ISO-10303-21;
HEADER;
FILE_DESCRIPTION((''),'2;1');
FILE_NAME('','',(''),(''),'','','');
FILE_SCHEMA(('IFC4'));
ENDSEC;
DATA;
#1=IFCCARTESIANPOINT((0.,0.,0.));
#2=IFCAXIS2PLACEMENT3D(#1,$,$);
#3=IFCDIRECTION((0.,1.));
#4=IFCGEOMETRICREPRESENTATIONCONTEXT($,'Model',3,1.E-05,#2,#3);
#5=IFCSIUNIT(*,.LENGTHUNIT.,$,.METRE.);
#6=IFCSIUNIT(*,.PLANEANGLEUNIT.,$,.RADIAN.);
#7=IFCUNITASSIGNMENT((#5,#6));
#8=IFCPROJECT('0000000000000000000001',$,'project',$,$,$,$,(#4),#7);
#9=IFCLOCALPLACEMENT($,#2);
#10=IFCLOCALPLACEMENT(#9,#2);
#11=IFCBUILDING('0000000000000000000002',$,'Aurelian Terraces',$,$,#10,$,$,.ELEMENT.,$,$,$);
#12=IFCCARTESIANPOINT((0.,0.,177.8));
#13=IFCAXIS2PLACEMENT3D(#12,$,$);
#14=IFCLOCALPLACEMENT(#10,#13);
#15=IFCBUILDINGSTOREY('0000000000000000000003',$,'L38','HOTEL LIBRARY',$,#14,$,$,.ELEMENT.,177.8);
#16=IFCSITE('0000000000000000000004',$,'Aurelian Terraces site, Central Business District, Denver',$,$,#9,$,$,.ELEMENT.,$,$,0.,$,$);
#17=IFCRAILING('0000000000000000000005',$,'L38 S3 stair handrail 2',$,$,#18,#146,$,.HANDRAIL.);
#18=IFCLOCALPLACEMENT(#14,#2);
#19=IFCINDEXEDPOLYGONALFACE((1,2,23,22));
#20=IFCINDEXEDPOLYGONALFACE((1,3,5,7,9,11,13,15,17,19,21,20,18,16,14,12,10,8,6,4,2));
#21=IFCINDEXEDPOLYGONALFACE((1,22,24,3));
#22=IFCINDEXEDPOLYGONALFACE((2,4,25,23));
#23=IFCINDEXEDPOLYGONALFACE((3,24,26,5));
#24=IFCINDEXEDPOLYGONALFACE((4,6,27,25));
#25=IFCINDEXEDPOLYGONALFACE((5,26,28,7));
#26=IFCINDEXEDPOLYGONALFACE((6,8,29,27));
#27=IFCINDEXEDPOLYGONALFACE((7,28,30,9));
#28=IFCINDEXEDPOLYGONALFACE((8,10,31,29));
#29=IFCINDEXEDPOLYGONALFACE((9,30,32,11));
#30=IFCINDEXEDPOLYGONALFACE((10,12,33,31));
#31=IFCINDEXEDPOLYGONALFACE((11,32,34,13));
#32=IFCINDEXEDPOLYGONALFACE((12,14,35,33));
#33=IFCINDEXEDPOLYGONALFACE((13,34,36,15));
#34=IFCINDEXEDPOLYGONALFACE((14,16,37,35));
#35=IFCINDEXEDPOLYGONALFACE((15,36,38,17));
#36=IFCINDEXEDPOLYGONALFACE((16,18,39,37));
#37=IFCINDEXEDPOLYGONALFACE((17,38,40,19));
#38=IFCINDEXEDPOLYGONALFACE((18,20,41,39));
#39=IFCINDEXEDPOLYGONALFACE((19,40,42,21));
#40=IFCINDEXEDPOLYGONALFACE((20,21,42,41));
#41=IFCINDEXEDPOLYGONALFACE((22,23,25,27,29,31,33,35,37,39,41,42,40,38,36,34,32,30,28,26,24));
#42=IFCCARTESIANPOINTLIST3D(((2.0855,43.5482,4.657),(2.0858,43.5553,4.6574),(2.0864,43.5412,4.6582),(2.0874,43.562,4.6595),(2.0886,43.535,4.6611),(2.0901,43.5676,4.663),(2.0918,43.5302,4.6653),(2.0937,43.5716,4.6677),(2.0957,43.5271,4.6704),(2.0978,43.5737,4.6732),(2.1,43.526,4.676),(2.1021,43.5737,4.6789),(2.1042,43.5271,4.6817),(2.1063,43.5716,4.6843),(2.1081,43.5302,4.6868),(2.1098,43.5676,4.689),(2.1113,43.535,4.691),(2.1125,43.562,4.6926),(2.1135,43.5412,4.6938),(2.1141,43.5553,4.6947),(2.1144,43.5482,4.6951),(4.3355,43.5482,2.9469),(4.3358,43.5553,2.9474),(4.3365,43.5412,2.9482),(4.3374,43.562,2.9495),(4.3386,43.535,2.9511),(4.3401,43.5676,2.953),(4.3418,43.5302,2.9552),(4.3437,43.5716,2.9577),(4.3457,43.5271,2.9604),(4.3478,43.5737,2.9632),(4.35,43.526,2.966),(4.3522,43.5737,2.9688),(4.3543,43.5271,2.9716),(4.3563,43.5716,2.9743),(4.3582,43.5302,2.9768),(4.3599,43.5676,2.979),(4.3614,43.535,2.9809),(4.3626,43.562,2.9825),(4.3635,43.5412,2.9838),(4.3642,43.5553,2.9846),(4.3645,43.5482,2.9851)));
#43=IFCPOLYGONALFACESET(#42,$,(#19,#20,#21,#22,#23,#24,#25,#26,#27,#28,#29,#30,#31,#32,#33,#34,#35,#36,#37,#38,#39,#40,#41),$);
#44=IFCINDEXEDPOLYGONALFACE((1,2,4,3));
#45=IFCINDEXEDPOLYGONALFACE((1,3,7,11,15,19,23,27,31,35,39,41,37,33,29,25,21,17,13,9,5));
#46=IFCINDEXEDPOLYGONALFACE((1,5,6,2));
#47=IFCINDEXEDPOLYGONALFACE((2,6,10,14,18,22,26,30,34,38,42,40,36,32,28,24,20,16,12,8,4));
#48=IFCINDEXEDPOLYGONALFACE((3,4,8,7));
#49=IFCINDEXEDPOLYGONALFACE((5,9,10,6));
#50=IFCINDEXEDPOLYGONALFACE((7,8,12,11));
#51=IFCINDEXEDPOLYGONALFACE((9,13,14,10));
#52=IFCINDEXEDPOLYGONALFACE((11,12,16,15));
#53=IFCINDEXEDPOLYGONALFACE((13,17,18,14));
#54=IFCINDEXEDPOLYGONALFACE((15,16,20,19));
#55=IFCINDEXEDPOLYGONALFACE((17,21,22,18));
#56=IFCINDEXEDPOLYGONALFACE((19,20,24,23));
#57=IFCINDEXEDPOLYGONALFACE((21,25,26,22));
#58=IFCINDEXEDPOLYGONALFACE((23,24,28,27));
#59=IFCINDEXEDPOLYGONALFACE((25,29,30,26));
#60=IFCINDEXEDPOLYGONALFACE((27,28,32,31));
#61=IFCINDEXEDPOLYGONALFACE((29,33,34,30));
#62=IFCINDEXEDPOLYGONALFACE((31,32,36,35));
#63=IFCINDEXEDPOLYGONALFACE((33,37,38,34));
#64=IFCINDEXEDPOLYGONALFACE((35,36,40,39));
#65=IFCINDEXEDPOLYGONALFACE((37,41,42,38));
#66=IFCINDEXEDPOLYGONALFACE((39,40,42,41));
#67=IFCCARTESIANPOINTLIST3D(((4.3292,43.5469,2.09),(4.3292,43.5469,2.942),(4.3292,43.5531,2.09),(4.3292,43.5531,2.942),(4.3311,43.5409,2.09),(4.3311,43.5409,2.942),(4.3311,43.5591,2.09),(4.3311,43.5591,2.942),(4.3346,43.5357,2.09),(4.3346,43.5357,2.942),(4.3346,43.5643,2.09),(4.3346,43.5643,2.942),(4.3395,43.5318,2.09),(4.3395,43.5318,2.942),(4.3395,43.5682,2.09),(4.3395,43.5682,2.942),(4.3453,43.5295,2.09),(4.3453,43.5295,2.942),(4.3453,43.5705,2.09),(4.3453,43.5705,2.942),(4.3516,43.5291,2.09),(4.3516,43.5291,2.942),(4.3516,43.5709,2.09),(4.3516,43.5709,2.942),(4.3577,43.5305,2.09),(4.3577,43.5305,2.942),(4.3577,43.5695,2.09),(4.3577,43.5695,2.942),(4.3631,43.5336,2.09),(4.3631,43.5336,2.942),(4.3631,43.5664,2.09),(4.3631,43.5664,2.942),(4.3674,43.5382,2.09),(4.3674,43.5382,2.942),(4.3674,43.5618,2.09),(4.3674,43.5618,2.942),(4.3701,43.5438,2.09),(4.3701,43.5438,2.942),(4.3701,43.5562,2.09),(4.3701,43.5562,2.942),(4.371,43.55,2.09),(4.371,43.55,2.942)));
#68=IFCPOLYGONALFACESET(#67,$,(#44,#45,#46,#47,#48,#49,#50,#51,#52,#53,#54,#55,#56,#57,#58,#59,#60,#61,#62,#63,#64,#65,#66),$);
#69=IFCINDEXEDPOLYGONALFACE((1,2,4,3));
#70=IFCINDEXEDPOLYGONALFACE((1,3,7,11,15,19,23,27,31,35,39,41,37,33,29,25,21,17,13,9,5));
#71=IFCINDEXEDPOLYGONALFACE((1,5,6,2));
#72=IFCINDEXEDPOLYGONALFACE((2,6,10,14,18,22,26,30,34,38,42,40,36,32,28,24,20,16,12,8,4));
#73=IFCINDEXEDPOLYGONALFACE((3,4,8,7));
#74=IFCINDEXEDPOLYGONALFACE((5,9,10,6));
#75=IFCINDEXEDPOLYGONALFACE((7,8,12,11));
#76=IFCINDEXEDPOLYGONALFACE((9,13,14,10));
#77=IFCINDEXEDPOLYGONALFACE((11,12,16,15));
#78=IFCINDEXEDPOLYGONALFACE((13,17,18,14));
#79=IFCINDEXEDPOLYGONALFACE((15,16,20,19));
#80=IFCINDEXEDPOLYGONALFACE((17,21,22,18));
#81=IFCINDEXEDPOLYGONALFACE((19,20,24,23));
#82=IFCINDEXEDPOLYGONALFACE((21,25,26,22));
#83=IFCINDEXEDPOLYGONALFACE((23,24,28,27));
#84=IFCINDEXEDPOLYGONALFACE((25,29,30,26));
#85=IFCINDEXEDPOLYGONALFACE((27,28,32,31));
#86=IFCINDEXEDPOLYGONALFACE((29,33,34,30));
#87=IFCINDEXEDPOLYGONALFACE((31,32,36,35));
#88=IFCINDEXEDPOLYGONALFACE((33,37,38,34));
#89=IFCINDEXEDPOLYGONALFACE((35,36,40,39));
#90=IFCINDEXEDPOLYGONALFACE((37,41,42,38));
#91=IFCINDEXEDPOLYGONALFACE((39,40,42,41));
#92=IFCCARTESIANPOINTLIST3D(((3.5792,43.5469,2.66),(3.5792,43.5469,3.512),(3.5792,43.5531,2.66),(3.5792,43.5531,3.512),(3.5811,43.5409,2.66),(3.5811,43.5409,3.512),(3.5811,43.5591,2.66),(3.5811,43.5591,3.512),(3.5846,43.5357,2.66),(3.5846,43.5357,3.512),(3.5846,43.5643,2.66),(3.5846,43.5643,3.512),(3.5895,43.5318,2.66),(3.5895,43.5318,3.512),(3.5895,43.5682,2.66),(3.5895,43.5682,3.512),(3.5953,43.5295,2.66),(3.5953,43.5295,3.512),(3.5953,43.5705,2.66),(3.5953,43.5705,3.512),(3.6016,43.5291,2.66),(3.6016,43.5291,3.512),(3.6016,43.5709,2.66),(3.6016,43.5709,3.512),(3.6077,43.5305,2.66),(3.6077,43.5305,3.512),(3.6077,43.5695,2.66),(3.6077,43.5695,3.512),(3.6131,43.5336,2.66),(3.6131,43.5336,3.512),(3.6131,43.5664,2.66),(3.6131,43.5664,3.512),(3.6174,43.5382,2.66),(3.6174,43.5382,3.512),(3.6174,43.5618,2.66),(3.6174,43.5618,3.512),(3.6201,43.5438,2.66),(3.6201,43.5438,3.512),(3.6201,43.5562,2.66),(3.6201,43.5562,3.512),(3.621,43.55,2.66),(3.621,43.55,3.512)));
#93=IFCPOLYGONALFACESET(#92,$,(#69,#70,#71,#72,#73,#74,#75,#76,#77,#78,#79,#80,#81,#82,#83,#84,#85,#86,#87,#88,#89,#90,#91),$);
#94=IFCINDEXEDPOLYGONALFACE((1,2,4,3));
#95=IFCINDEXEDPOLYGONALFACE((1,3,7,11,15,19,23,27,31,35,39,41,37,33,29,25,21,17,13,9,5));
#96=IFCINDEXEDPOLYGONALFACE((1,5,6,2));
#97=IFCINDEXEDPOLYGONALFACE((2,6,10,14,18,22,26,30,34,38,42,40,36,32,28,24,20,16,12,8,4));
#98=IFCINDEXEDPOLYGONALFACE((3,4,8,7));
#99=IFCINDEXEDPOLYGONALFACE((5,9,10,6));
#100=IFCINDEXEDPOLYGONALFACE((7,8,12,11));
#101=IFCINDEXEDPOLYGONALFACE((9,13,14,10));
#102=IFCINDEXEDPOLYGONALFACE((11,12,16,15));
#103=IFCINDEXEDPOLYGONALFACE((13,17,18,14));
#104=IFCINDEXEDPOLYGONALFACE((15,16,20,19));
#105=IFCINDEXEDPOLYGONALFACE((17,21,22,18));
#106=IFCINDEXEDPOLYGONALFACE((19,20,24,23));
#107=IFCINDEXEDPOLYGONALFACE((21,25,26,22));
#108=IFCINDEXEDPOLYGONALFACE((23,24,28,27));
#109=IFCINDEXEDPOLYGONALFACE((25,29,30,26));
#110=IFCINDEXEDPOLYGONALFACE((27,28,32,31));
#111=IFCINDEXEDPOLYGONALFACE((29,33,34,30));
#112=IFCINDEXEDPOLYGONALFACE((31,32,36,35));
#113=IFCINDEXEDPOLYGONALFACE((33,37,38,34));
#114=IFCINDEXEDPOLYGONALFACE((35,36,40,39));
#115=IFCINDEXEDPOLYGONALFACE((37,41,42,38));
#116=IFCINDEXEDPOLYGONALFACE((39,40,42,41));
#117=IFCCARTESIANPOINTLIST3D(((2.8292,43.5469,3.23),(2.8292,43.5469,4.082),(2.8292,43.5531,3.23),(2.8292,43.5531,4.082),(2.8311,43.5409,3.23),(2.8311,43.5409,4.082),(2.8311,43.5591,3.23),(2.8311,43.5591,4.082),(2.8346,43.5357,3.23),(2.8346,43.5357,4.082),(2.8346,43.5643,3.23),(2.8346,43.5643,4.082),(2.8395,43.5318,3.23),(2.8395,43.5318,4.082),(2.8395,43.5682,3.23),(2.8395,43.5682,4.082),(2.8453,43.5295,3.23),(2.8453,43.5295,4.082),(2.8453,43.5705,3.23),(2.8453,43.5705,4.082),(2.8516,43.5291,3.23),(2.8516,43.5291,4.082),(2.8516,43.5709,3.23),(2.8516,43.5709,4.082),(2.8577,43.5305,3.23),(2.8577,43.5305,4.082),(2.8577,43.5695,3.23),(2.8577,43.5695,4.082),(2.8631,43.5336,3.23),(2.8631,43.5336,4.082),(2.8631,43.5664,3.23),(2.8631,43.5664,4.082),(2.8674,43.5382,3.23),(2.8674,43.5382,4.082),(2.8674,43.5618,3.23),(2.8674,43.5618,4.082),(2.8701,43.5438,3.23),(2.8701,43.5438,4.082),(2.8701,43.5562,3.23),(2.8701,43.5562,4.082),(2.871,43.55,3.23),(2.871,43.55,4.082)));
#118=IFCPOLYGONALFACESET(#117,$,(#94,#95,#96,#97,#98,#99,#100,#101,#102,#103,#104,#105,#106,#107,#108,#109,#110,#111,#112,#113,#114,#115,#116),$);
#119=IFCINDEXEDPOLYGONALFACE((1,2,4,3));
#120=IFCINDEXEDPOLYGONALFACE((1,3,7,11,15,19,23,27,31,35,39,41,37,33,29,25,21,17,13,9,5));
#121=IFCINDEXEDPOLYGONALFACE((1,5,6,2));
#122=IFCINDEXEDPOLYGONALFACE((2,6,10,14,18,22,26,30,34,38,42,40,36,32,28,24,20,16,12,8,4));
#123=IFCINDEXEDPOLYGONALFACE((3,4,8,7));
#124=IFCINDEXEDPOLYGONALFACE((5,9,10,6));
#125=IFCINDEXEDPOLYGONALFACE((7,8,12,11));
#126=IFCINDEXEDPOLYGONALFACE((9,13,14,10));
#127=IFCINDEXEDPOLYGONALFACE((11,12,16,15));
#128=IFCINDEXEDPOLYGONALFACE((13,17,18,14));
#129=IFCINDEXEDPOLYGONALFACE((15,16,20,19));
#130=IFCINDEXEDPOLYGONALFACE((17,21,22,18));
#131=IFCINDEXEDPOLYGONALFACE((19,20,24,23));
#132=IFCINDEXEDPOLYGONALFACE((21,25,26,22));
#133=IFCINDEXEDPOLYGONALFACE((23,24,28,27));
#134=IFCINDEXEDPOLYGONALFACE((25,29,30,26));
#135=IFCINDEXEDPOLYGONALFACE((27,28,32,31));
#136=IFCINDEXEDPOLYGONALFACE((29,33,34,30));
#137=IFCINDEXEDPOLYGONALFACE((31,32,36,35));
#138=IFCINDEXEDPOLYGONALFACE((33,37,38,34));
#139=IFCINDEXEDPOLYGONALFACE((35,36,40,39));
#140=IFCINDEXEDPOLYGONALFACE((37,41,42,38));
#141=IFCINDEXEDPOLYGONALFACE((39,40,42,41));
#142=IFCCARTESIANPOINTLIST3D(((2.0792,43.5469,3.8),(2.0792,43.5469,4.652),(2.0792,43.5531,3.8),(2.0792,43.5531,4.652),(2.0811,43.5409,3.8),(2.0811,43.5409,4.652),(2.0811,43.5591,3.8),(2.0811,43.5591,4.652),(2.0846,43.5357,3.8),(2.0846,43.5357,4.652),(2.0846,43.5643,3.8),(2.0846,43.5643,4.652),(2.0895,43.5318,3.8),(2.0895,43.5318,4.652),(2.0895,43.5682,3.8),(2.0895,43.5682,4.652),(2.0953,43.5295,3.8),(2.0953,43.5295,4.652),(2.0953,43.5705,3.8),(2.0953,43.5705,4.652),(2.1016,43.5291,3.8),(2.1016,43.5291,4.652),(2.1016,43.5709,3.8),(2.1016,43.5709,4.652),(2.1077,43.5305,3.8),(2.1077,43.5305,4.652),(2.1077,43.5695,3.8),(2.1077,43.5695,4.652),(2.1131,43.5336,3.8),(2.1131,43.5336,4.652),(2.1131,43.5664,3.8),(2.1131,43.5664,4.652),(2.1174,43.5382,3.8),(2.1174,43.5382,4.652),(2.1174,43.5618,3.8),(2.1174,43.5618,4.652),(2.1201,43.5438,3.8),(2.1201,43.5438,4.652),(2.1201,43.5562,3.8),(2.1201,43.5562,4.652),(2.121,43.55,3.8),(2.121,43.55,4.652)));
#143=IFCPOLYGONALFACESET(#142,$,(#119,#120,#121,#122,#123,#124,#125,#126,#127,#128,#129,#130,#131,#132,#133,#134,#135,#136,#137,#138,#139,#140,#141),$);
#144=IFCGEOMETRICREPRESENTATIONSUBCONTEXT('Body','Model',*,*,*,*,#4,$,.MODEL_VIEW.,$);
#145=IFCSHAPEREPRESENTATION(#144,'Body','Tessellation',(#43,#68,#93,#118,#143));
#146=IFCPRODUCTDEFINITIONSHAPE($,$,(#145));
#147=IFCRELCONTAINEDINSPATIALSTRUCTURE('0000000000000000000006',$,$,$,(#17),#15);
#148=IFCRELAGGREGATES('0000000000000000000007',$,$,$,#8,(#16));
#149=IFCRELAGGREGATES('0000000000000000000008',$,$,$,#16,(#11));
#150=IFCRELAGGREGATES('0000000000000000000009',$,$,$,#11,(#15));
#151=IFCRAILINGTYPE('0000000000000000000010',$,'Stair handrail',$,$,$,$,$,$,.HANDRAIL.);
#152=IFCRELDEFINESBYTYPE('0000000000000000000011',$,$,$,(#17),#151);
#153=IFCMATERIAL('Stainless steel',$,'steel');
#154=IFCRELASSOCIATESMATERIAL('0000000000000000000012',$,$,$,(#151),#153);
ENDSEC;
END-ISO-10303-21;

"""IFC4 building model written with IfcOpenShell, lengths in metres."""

from ifc_helpers import new_model, si_unit, direction, frame, origin, origin_2d, place, context, subcontext, project, spatial, circle, extrude, material, type_object, element, save


model = new_model("IFC4")

# Units and contexts
model_context = context("Model", 3, precision=1e-05, world=origin(), true_north=direction((0.0, 1.0)))
body_context = subcontext(model_context, "Body", "Model", "MODEL_VIEW")
ifc_project = project(units=[si_unit("LENGTHUNIT", "METRE"), si_unit("PLANEANGLEUNIT", "RADIAN")], contexts=[model_context])

# Site, building, storey
site_placement = place(None, origin())
site = spatial("IfcSite", under=ifc_project, at=site_placement, Name="Aurelian Terraces site, Central Business District, Denver", CompositionType="ELEMENT", RefElevation=0.0)
building_placement = place(site_placement, origin())
building = spatial("IfcBuilding", under=site, at=building_placement, Name="Aurelian Terraces", CompositionType="ELEMENT")
storey_placement = place(building_placement, frame((0.0, 0.0, 177.8)))
storey = spatial("IfcBuildingStorey", under=building, at=storey_placement, Name="L38", Description="HOTEL LIBRARY", CompositionType="ELEMENT", Elevation=177.8)

# Railing
ifc_material_1 = material(Name="Stainless steel", Category="steel")
railing_type_1 = type_object("IfcRailingType", Name="Stair handrail", PredefinedType="HANDRAIL", material=ifc_material_1)
railing_1_placement = place(storey_placement, frame((4.35, 43.55, 2.09)))
element("IfcRailing", 1, at=railing_1_placement, inside=storey, type_object=railing_type_1, Name="L38 S3 stair handrail 2", PredefinedType="HANDRAIL", context=body_context, shape_type="SweptSolid", body=[
    extrude(circle(Radius=0.024, at=origin_2d()), frame((0.0, 0.0, 0.876), z_axis=(-0.796162, 0.0, 0.605083), x_axis=(0.0, -1.0, 0.0)), (0.0, 0.0, 1.0), 2.8261),
    extrude(circle(Radius=0.021, at=origin_2d()), origin(), (0.0, 0.0, 1.0), 0.852),
    extrude(circle(Radius=0.021, at=origin_2d()), frame((-0.75, 0.0, 0.57)), (0.0, 0.0, 1.0), 0.852),
    extrude(circle(Radius=0.021, at=origin_2d()), frame((-1.5, 0.0, 1.14)), (0.0, 0.0, 1.0), 0.852),
    extrude(circle(Radius=0.021, at=origin_2d()), frame((-2.25, 0.0, 1.71)), (0.0, 0.0, 1.0), 0.852),
])

save(model, "model.ifc")
